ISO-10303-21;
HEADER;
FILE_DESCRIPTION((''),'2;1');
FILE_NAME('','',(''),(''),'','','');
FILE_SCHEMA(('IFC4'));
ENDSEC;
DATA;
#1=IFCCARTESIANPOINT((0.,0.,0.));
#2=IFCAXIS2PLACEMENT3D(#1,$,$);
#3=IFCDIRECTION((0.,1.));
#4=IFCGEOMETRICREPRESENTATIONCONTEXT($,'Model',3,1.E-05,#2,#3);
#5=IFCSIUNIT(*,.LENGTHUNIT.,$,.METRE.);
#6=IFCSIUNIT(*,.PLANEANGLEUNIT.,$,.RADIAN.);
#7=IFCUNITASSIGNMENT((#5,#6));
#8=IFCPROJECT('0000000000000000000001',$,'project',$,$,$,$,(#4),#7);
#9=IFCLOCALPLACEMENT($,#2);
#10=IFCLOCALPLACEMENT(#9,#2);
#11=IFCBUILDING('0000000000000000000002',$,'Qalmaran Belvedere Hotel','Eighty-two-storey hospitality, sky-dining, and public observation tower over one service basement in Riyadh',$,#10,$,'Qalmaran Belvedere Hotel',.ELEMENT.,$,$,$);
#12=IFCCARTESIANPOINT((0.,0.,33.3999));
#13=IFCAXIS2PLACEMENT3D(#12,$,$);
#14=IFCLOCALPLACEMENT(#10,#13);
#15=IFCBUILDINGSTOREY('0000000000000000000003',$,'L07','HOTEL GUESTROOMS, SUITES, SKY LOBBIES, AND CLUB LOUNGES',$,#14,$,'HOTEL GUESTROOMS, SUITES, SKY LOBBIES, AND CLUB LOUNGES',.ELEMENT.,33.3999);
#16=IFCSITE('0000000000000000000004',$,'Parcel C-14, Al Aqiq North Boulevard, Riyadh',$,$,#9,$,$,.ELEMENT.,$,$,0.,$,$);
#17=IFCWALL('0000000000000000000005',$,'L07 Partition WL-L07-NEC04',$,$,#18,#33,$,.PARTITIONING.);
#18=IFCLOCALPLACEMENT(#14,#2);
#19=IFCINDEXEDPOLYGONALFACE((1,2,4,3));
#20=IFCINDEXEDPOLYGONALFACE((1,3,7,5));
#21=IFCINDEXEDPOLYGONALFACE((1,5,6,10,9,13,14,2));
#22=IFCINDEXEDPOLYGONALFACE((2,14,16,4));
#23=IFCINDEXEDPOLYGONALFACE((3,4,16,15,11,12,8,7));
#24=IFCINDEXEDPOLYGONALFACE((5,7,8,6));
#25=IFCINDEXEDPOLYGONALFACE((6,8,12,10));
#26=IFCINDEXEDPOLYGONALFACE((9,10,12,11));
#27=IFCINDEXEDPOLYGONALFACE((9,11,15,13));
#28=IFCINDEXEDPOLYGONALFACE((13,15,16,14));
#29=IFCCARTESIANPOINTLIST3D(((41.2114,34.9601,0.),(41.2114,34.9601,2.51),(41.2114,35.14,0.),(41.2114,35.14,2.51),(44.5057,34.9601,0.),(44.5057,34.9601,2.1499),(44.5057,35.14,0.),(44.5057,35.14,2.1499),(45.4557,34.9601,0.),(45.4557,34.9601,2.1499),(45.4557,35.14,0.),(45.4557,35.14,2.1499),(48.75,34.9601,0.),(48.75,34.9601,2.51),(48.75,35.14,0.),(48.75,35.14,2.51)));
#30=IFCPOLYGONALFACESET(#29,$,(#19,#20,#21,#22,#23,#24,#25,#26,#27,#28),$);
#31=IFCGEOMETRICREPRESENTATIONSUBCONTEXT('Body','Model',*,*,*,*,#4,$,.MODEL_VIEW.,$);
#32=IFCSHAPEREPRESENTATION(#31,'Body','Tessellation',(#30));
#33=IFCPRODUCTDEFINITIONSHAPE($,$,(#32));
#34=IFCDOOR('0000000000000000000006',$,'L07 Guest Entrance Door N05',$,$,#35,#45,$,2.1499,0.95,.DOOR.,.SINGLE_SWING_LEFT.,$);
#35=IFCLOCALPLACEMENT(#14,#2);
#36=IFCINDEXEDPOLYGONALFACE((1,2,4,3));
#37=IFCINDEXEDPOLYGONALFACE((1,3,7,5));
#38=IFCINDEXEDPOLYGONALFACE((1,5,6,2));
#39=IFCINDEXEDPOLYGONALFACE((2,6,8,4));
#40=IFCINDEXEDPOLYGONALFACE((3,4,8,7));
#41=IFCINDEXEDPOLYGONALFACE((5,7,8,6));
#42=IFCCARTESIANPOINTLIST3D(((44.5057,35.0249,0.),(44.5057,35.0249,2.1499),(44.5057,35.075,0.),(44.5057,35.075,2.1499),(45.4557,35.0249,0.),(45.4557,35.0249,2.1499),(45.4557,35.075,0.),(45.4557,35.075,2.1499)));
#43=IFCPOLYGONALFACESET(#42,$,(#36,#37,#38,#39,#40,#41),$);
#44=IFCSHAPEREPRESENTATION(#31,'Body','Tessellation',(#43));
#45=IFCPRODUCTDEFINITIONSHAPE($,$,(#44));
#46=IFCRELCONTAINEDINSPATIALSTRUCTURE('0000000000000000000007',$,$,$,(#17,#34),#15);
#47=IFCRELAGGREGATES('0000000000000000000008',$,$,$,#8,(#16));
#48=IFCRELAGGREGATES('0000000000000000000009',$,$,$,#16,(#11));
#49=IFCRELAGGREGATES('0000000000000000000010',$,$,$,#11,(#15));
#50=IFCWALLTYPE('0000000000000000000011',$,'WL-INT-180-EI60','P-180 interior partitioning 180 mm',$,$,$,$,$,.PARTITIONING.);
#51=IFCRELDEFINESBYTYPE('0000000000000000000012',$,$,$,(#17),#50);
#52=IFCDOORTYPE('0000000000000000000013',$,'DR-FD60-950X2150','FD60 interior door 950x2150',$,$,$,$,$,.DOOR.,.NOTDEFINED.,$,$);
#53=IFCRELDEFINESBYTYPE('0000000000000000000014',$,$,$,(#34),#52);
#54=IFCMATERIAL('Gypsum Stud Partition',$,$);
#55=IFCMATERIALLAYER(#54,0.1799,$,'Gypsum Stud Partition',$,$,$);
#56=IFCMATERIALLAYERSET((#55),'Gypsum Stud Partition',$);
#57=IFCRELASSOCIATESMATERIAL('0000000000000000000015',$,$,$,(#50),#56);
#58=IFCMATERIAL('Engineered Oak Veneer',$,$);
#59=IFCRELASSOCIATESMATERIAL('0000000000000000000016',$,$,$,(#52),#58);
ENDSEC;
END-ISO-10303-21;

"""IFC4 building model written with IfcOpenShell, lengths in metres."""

from ifc_helpers import new_model, si_unit, direction, frame, frame_2d, origin, place, context, subcontext, project, spatial, rectangle, extrude, material, layer, layer_set, type_object, element, fill, save


model = new_model("IFC4")

# Units and contexts
model_context = context("Model", 3, precision=1e-05, world=origin(), true_north=direction((0.0, 1.0)))
body_context = subcontext(model_context, "Body", "Model", "MODEL_VIEW")
ifc_project = project(units=[si_unit("LENGTHUNIT", "METRE"), si_unit("PLANEANGLEUNIT", "RADIAN")], contexts=[model_context])

# Site, building, storey
site_placement = place(None, origin())
site = spatial("IfcSite", under=ifc_project, at=site_placement, Name="Parcel C-14, Al Aqiq North Boulevard, Riyadh", CompositionType="ELEMENT", RefElevation=0.0)
building_placement = place(site_placement, origin())
building = spatial("IfcBuilding", under=site, at=building_placement, Name="Qalmaran Belvedere Hotel", Description="Eighty-two-storey hospitality, sky-dining, and public observation tower over one service basement in Riyadh", LongName="Qalmaran Belvedere Hotel", CompositionType="ELEMENT")
storey_placement = place(building_placement, frame((0.0, 0.0, 33.3999)))
storey = spatial("IfcBuildingStorey", under=building, at=storey_placement, Name="L07", Description="HOTEL GUESTROOMS, SUITES, SKY LOBBIES, AND CLUB LOUNGES", LongName="HOTEL GUESTROOMS, SUITES, SKY LOBBIES, AND CLUB LOUNGES", CompositionType="ELEMENT", Elevation=33.3999)

# Wall, opening, door
ifc_material_1 = material(Name="Engineered Oak Veneer")
ifc_material_2 = material(Name="Gypsum Stud Partition")
ifc_layer_1 = layer(ifc_material_2, 0.1799, Name="Gypsum Stud Partition")
ifc_layer_set_1 = layer_set([ifc_layer_1], Name="Gypsum Stud Partition")
wall_type_1 = type_object("IfcWallType", Name="WL-INT-180-EI60", Description="P-180 interior partitioning 180 mm", PredefinedType="PARTITIONING", material=ifc_layer_set_1)
wall_1_placement = place(storey_placement, frame((41.2114, 35.05, 0.0), z_axis=(0.0, 0.0, 1.0), x_axis=(1.0, 0.0, 0.0)))
wall_1 = element("IfcWall", 1, at=wall_1_placement, inside=storey, type_object=wall_type_1, Name="L07 Partition WL-L07-NEC04", PredefinedType="PARTITIONING", context=body_context, shape_type="SweptSolid", body=[
    extrude(rectangle(XDim=7.5386, YDim=0.1799, at=frame_2d((3.7693, 0.0))), origin(), (0.0, 0.0, 1.0), 2.51),
])
opening_1_placement = place(wall_1_placement, frame((3.2942, 0.0, 0.0)))
opening_1 = element("IfcOpeningElement", 2, at=opening_1_placement, cuts=wall_1, PredefinedType="OPENING", context=body_context, shape_type="SweptSolid", body=[
    extrude(rectangle(XDim=0.95, YDim=2.1499, at=frame_2d((0.4751, 1.075))), frame((0.0, 0.1001, 0.0), z_axis=(0.0, -1.0, 0.0), x_axis=(1.0, 0.0, 0.0)), (0.0, 0.0, 1.0), 0.2),
])
door_type_1 = type_object("IfcDoorType", Name="DR-FD60-950X2150", Description="FD60 interior door 950x2150", OperationType="NOTDEFINED", PredefinedType="DOOR", material=ifc_material_1)
door_1_placement = place(opening_1_placement, origin())
door_1 = element("IfcDoor", 3, at=door_1_placement, inside=storey, type_object=door_type_1, Name="L07 Guest Entrance Door N05", OperationType="SINGLE_SWING_LEFT", OverallHeight=2.1499, OverallWidth=0.95, PredefinedType="DOOR", context=body_context, shape_type="SweptSolid", body=[
    extrude(rectangle(XDim=0.95, YDim=2.1499, at=frame_2d((0.4751, 1.075))), frame((0.0, 0.0249, 0.0), z_axis=(0.0, -1.0, 0.0), x_axis=(1.0, 0.0, 0.0)), (0.0, 0.0, 1.0), 0.05),
])
fill(opening_1, door_1)

save(model, "model.ifc")
